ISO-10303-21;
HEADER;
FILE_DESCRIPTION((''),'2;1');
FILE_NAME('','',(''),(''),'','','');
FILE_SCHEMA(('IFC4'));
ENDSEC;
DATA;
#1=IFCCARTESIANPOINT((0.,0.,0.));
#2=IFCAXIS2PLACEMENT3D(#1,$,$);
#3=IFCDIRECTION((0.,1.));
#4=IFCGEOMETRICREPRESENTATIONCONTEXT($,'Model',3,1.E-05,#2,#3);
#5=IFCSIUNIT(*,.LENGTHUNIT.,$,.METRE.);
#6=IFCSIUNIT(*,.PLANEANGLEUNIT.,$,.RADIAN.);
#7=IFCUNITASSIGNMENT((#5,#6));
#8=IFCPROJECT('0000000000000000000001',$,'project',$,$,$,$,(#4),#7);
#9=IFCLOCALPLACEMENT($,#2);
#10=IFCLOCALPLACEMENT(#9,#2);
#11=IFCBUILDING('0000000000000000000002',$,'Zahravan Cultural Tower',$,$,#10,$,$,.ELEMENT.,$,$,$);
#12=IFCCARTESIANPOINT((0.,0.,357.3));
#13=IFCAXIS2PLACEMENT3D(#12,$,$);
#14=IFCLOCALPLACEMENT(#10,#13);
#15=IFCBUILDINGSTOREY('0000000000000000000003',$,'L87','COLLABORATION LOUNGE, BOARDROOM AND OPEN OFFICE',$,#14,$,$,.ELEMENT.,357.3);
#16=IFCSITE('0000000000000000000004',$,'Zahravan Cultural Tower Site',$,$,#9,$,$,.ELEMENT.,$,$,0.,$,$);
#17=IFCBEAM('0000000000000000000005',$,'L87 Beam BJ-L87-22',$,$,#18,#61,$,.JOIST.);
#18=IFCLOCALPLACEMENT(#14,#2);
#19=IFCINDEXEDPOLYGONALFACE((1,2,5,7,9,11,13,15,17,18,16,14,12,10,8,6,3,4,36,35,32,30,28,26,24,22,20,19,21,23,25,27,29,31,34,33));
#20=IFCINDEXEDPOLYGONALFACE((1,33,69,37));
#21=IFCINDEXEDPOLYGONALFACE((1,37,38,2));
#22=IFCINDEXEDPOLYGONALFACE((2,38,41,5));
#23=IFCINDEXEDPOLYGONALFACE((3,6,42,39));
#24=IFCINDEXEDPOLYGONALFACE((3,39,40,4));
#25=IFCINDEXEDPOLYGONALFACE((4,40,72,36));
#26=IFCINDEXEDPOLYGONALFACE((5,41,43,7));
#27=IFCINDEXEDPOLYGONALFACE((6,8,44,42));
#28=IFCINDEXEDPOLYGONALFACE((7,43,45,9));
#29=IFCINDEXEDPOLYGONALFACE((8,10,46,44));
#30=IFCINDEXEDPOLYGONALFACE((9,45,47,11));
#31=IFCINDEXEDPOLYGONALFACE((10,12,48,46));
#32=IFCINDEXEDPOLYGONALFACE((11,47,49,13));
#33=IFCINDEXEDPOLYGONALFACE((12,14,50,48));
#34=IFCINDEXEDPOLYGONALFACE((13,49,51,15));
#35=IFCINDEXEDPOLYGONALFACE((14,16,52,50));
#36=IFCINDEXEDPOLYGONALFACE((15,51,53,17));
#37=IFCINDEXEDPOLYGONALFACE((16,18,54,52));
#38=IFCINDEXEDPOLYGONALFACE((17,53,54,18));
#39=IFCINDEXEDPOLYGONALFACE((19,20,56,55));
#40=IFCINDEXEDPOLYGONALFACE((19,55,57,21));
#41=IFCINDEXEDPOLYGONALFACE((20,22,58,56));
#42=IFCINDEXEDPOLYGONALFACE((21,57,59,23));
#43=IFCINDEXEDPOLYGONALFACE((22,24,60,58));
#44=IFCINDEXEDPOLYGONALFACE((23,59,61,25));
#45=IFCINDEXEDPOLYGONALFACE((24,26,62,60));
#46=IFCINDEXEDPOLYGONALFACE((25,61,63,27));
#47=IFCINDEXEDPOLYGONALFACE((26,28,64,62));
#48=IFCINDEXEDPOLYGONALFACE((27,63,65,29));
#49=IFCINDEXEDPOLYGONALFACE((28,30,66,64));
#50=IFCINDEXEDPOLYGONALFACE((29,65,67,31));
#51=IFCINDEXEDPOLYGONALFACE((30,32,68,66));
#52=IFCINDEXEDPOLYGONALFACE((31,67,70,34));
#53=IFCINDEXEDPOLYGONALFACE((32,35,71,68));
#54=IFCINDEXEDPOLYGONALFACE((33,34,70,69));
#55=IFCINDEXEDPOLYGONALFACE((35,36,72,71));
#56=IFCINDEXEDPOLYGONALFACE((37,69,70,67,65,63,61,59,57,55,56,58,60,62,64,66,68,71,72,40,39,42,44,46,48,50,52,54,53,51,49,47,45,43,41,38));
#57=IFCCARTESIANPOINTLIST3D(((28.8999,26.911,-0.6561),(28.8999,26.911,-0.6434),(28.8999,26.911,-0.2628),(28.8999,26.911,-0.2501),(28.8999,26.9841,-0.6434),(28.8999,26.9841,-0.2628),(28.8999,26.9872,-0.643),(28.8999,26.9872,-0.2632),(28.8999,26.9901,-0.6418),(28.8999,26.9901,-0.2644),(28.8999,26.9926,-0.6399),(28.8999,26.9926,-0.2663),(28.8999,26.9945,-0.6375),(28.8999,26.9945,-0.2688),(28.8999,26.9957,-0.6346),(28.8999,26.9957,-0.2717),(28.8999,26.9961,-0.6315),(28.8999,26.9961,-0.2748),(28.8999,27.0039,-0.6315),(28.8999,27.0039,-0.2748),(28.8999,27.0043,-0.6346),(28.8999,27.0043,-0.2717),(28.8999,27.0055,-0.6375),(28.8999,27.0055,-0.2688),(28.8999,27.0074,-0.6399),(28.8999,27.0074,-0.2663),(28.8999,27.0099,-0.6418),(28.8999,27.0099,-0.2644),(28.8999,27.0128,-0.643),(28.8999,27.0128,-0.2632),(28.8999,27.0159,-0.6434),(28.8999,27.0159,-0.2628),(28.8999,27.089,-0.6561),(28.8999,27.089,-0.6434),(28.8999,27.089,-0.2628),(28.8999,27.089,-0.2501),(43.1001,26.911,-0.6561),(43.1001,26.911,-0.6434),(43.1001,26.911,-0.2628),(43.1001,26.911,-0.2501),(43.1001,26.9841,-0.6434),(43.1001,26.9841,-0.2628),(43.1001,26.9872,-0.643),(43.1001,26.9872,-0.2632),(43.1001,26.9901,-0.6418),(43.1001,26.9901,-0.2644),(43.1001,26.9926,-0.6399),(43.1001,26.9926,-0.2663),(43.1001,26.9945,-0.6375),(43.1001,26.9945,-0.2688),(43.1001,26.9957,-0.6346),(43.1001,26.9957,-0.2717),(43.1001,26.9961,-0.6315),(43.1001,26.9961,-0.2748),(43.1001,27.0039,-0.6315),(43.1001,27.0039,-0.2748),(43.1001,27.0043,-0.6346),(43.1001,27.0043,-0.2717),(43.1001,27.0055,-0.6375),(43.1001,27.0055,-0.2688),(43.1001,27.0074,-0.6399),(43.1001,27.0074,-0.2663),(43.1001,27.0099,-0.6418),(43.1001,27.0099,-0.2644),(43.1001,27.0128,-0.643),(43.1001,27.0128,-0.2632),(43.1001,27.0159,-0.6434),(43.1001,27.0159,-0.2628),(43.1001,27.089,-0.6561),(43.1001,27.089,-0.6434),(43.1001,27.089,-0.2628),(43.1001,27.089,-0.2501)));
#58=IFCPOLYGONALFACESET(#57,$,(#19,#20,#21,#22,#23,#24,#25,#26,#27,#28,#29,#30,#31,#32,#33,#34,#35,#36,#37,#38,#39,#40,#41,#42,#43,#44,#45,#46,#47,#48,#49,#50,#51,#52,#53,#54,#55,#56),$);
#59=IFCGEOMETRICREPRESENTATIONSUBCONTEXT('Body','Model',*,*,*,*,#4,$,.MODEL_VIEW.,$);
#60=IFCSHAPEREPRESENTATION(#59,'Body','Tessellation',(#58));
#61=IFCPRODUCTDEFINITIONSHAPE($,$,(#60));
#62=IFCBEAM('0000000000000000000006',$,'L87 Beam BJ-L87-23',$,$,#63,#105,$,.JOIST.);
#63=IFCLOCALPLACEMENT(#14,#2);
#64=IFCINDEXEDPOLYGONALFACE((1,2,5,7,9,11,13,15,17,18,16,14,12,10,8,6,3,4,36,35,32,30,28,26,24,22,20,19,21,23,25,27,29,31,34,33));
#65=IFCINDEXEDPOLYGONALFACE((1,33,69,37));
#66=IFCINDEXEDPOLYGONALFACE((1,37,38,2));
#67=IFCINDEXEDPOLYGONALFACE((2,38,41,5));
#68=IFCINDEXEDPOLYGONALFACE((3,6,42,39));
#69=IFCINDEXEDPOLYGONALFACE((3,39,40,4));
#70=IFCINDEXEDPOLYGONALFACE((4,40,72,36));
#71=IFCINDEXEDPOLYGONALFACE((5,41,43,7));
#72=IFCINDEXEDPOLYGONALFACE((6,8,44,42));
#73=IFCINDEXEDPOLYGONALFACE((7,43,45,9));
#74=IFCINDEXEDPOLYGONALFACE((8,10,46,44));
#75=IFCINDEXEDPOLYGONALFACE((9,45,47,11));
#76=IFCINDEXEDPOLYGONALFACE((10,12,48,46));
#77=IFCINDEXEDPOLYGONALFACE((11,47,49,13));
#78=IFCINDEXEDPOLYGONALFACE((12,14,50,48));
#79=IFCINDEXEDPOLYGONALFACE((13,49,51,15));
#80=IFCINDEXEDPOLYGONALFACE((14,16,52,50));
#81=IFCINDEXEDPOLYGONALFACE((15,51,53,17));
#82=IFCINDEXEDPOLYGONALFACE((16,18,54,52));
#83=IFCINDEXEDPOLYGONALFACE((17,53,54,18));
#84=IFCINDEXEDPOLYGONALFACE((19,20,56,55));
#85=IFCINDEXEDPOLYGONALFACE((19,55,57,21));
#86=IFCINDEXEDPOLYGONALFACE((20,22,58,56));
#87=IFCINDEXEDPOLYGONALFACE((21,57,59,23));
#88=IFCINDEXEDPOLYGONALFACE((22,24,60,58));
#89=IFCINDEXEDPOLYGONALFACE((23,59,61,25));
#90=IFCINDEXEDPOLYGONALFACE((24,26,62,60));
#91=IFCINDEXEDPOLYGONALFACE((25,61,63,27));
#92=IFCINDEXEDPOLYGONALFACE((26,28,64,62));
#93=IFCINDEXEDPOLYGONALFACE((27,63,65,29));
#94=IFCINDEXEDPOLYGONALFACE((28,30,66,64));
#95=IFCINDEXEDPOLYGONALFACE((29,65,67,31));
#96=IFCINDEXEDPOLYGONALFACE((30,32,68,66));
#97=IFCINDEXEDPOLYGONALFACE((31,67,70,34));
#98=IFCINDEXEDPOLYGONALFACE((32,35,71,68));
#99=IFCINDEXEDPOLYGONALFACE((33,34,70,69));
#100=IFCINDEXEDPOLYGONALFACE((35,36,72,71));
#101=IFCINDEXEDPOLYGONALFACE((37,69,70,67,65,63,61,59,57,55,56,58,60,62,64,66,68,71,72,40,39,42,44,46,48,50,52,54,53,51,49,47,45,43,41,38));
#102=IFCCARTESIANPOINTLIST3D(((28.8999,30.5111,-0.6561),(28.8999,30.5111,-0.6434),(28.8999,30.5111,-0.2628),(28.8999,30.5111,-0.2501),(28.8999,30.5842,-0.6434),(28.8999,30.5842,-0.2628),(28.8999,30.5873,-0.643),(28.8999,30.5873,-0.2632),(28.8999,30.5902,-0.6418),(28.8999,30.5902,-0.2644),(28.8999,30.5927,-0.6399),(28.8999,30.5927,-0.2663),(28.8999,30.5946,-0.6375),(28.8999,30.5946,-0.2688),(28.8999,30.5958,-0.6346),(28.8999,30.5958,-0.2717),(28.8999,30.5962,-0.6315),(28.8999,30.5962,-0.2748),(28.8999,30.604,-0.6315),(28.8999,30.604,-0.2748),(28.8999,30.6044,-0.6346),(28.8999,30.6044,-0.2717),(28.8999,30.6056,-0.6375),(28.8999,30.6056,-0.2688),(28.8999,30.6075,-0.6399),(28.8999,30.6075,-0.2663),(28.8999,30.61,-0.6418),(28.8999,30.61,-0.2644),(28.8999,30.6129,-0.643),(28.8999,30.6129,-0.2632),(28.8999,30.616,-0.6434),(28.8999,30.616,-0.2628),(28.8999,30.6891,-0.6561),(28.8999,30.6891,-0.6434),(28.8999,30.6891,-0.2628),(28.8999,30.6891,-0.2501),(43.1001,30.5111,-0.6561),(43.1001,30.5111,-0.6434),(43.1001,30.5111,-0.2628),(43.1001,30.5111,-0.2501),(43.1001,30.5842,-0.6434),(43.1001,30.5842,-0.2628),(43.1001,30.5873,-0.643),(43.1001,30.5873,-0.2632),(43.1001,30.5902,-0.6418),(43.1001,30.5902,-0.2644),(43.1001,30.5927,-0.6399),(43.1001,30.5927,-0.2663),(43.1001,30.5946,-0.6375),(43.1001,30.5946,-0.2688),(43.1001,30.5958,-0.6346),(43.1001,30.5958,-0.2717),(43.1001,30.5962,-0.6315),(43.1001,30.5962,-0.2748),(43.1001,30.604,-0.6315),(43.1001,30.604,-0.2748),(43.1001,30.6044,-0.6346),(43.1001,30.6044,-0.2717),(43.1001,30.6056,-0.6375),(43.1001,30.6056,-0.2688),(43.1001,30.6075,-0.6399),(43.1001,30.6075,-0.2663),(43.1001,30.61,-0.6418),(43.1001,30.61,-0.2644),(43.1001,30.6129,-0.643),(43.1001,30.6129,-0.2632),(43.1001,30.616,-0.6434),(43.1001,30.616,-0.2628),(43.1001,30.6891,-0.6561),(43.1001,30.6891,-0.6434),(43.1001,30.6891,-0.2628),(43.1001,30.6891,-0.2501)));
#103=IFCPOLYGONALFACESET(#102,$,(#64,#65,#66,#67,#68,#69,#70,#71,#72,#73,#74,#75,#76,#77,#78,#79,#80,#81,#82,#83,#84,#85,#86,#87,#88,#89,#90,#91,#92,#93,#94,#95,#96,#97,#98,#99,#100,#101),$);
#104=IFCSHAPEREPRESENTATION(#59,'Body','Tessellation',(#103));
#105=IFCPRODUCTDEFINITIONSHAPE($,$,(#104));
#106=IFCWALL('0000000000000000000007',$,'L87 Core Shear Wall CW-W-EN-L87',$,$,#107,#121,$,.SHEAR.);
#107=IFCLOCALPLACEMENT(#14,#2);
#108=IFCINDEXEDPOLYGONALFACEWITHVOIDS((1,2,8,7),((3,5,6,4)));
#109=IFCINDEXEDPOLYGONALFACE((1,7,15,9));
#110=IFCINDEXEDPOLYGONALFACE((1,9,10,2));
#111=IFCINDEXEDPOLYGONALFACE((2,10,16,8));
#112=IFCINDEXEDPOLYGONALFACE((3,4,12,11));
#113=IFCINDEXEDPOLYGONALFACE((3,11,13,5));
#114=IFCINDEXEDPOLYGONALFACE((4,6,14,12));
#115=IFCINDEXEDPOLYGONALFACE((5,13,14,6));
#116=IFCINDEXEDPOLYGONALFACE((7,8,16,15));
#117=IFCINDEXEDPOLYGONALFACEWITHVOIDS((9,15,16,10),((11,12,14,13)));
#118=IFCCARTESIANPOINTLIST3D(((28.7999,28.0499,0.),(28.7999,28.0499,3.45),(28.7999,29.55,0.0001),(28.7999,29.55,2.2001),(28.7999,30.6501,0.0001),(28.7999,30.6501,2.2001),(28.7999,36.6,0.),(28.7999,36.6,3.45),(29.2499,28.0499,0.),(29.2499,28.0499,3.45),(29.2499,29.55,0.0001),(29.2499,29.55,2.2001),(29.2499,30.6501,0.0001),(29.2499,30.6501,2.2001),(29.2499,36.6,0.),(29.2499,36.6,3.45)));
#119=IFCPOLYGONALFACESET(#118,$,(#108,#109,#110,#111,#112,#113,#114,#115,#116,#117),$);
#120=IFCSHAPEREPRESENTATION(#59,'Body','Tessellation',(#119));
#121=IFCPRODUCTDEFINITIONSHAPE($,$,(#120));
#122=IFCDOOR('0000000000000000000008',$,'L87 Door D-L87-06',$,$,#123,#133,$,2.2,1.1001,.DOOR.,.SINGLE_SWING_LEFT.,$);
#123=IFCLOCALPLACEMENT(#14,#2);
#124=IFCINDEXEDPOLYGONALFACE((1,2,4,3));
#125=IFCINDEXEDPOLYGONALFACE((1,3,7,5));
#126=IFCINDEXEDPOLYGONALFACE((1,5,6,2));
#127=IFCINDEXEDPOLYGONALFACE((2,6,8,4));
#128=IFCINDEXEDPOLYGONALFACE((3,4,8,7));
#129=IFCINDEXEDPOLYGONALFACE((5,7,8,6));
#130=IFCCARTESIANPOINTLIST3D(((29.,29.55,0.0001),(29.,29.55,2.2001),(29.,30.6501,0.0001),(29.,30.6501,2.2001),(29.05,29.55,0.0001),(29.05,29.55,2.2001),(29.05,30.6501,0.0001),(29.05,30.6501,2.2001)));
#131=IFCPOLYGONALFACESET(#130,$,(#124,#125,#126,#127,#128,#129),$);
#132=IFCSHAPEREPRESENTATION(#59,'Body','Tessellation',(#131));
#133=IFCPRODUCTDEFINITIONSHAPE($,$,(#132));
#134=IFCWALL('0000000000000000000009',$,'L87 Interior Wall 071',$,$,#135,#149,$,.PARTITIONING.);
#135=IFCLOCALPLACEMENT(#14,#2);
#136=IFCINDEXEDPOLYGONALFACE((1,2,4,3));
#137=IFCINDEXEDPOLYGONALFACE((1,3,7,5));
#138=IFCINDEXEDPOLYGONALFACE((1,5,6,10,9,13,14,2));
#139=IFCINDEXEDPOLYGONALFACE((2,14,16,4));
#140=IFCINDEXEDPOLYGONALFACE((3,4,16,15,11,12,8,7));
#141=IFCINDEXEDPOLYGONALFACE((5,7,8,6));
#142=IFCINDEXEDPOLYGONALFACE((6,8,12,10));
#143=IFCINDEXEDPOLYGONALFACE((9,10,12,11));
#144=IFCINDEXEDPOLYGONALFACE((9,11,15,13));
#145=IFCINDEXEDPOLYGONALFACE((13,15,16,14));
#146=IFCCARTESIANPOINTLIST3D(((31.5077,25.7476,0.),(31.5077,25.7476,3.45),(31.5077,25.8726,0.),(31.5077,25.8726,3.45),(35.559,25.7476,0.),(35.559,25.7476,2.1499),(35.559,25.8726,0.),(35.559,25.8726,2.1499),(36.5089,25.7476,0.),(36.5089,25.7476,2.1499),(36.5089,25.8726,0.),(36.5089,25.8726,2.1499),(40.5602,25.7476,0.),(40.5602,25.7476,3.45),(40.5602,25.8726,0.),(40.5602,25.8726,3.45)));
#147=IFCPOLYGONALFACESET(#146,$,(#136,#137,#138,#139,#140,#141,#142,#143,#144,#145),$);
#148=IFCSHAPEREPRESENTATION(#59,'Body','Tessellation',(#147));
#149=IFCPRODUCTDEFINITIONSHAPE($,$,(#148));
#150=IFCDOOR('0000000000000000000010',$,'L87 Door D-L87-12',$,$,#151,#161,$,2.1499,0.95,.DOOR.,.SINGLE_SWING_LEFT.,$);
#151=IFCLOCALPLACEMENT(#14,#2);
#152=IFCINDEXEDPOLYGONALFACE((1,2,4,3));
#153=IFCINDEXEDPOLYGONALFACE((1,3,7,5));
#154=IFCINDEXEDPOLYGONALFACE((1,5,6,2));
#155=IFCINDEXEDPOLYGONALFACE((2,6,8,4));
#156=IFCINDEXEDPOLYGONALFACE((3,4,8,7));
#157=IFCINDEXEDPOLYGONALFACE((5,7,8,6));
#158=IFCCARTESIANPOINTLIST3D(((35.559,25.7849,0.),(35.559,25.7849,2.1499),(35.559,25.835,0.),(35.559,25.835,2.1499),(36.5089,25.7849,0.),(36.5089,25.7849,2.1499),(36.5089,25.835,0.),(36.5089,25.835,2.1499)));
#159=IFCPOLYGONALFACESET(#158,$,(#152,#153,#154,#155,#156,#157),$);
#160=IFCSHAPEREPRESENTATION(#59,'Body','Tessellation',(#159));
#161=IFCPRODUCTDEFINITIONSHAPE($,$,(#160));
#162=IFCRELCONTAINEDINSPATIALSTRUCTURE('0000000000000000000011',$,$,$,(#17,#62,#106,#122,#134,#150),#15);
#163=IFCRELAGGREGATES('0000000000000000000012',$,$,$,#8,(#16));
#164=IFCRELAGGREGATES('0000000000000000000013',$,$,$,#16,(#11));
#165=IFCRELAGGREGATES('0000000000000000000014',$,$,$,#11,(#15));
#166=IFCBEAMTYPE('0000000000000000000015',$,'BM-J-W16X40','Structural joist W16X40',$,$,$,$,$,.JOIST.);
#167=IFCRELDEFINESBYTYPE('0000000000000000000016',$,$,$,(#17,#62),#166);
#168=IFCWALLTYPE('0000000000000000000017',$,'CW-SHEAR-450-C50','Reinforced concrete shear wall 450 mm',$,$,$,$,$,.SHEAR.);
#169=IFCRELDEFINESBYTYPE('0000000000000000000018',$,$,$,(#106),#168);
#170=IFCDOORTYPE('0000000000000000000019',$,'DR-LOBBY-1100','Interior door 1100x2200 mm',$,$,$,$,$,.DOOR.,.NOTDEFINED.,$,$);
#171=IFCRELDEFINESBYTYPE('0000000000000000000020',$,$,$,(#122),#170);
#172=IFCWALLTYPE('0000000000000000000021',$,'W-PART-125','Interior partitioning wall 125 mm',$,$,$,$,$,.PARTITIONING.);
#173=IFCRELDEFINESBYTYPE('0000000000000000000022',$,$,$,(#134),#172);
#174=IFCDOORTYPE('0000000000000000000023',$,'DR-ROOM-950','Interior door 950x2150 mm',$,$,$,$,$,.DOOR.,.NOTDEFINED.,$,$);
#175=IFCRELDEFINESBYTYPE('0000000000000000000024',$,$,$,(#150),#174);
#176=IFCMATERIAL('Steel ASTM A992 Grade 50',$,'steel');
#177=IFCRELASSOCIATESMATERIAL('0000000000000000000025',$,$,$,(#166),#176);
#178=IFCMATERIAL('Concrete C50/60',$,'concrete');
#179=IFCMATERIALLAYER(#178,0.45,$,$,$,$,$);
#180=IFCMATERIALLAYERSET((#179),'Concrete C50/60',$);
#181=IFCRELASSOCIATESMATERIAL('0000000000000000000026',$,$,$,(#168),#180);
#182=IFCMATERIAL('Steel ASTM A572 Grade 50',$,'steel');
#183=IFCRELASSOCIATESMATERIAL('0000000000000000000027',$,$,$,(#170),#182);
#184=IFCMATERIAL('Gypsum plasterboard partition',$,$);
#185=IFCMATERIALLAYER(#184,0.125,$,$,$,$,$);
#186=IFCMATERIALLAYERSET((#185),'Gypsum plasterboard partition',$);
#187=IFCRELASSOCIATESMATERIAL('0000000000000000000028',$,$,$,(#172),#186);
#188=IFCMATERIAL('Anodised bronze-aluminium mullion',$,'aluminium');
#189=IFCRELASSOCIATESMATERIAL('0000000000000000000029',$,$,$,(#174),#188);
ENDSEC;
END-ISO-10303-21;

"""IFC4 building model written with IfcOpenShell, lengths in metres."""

from ifc_helpers import new_model, si_unit, direction, frame, frame_2d, origin, origin_2d, place, context, subcontext, project, spatial, rectangle, i_section, extrude, source, transform, mapped, material, layer, layer_set, material_profile, profile_set, type_object, element, fill, save


model = new_model("IFC4")

# Units and contexts
model_context = context("Model", 3, precision=1e-05, world=origin(), true_north=direction((0.0, 1.0)))
body_context = subcontext(model_context, "Body", "Model", "MODEL_VIEW")
ifc_project = project(units=[si_unit("LENGTHUNIT", "METRE"), si_unit("PLANEANGLEUNIT", "RADIAN")], contexts=[model_context])

# Site, building, storey
site_placement = place(None, origin())
site = spatial("IfcSite", under=ifc_project, at=site_placement, Name="Zahravan Cultural Tower Site", CompositionType="ELEMENT", RefElevation=0.0)
building_placement = place(site_placement, origin())
building = spatial("IfcBuilding", under=site, at=building_placement, Name="Zahravan Cultural Tower", CompositionType="ELEMENT")
storey_placement = place(building_placement, frame((0.0, 0.0, 357.3)))
storey = spatial("IfcBuildingStorey", under=building, at=storey_placement, Name="L87", Description="COLLABORATION LOUNGE, BOARDROOM AND OPEN OFFICE", CompositionType="ELEMENT", Elevation=357.3)

# Beams
ifc_material_1 = material(Name="Steel ASTM A992 Grade 50", Category="steel")
ifc_material_profile = material_profile(ifc_material_1, i_section(OverallWidth=0.178, OverallDepth=0.406, WebThickness=0.0078, FlangeThickness=0.0127, FilletRadius=0.012, at=origin_2d()), Name="W16X40")
ifc_profile_set = profile_set([ifc_material_profile], Name="Steel ASTM A992 Grade 50")
beam_type = type_object("IfcBeamType", Name="BM-J-W16X40", Description="Structural joist W16X40", PredefinedType="JOIST", material=ifc_profile_set)
shared_shape_1 = source(origin(), body_context, "Body", "SweptSolid", [
    extrude(i_section(OverallWidth=0.178, OverallDepth=0.406, WebThickness=0.0078, FlangeThickness=0.0127, FilletRadius=0.012, at=origin_2d()), origin(), (0.0, 0.0, 1.0), 14.2002),
])
for number, where, z_axis, x_axis, name in (
    (1, (28.8999, 27.0, -0.4531), (1.0, 0.0, 0.0), (0.0, 1.0, 0.0), "L87 Beam BJ-L87-22"),
    (2, (28.8999, 30.6001, -0.4531), (1.0, 0.0, 0.0), (0.0, 1.0, 0.0), "L87 Beam BJ-L87-23"),
):
    element("IfcBeam", number, at=place(storey_placement, frame(where, z_axis=z_axis, x_axis=x_axis)), inside=storey, type_object=beam_type, Name=name, PredefinedType="JOIST", context=body_context, shape_type="MappedRepresentation", body=[
        mapped(shared_shape_1, transform((0.0, 0.0, 0.0), x_axis=(1.0, 0.0, 0.0), y_axis=(0.0, 1.0, 0.0), z_axis=(0.0, 0.0, 1.0), scale=1.0)),
    ])

# Walls, openings, doors
ifc_material_2 = material(Name="Concrete C50/60", Category="concrete")
ifc_layer_1 = layer(ifc_material_2, 0.45)
ifc_layer_set_1 = layer_set([ifc_layer_1], Name="Concrete C50/60")
wall_type_1 = type_object("IfcWallType", Name="CW-SHEAR-450-C50", Description="Reinforced concrete shear wall 450 mm", PredefinedType="SHEAR", material=ifc_layer_set_1)
wall_1_placement = place(storey_placement, frame((29.0249, 28.05, 0.0), z_axis=(0.0, 0.0, 1.0), x_axis=(0.0, 1.0, 0.0)))
wall_1 = element("IfcWall", 3, at=wall_1_placement, inside=storey, type_object=wall_type_1, Name="L87 Core Shear Wall CW-W-EN-L87", PredefinedType="SHEAR", context=body_context, shape_type="SweptSolid", body=[
    extrude(rectangle(XDim=8.55, YDim=0.45, at=frame_2d((4.2749, 0.0))), origin(), (0.0, 0.0, 1.0), 3.45),
])
opening_1_placement = place(wall_1_placement, frame((1.5, 0.0, 0.0)))
opening_1 = element("IfcOpeningElement", 4, at=opening_1_placement, cuts=wall_1, PredefinedType="OPENING", context=body_context, shape_type="SweptSolid", body=[
    extrude(rectangle(XDim=1.1001, YDim=2.2, at=frame_2d((0.55, 1.1001))), frame((0.0, 0.2349, 0.0), z_axis=(0.0, -1.0, 0.0), x_axis=(1.0, 0.0, 0.0)), (0.0, 0.0, 1.0), 0.47),
])
ifc_material_3 = material(Name="Steel ASTM A572 Grade 50", Category="steel")
door_type_1 = type_object("IfcDoorType", Name="DR-LOBBY-1100", Description="Interior door 1100x2200 mm", OperationType="NOTDEFINED", PredefinedType="DOOR", material=ifc_material_3)
shared_shape_2 = source(origin(), body_context, "Body", "SweptSolid", [
    extrude(rectangle(XDim=1.1001, YDim=2.2, at=frame_2d((0.55, 1.1001))), frame((0.0, 0.0249, 0.0), z_axis=(0.0, -1.0, 0.0), x_axis=(1.0, 0.0, 0.0)), (0.0, 0.0, 1.0), 0.05),
])
door_1_placement = place(opening_1_placement, origin())
door_1 = element("IfcDoor", 5, at=door_1_placement, inside=storey, type_object=door_type_1, Name="L87 Door D-L87-06", OperationType="SINGLE_SWING_LEFT", OverallHeight=2.2, OverallWidth=1.1001, PredefinedType="DOOR", context=body_context, shape_type="MappedRepresentation", body=[
    mapped(shared_shape_2, transform((0.0, 0.0, 0.0), x_axis=(1.0, 0.0, 0.0), y_axis=(0.0, 1.0, 0.0), z_axis=(0.0, 0.0, 1.0), scale=1.0)),
])
fill(opening_1, door_1)
ifc_material_4 = material(Name="Gypsum plasterboard partition")
ifc_layer_2 = layer(ifc_material_4, 0.125)
ifc_layer_set_2 = layer_set([ifc_layer_2], Name="Gypsum plasterboard partition")
wall_type_2 = type_object("IfcWallType", Name="W-PART-125", Description="Interior partitioning wall 125 mm", PredefinedType="PARTITIONING", material=ifc_layer_set_2)
wall_2_placement = place(storey_placement, frame((31.5076, 25.8101, 0.0), z_axis=(0.0, 0.0, 1.0), x_axis=(1.0, 0.0, 0.0)))
wall_2 = element("IfcWall", 6, at=wall_2_placement, inside=storey, type_object=wall_type_2, Name="L87 Interior Wall 071", PredefinedType="PARTITIONING", context=body_context, shape_type="SweptSolid", body=[
    extrude(rectangle(XDim=9.0525, YDim=0.125, at=frame_2d((4.5264, 0.0))), origin(), (0.0, 0.0, 1.0), 3.45),
])
opening_2_placement = place(wall_2_placement, frame((4.0513, 0.0, 0.0)))
opening_2 = element("IfcOpeningElement", 7, at=opening_2_placement, cuts=wall_2, PredefinedType="OPENING", context=body_context, shape_type="SweptSolid", body=[
    extrude(rectangle(XDim=0.95, YDim=2.1499, at=frame_2d((0.4751, 1.075))), frame((0.0, 0.0725, 0.0), z_axis=(0.0, -1.0, 0.0), x_axis=(1.0, 0.0, 0.0)), (0.0, 0.0, 1.0), 0.145),
])
ifc_material_5 = material(Name="Anodised bronze-aluminium mullion", Category="aluminium")
door_type_2 = type_object("IfcDoorType", Name="DR-ROOM-950", Description="Interior door 950x2150 mm", OperationType="NOTDEFINED", PredefinedType="DOOR", material=ifc_material_5)
shared_shape_3 = source(origin(), body_context, "Body", "SweptSolid", [
    extrude(rectangle(XDim=0.95, YDim=2.1499, at=frame_2d((0.4751, 1.075))), frame((0.0, 0.0249, 0.0), z_axis=(0.0, -1.0, 0.0), x_axis=(1.0, 0.0, 0.0)), (0.0, 0.0, 1.0), 0.05),
])
door_2_placement = place(opening_2_placement, origin())
door_2 = element("IfcDoor", 8, at=door_2_placement, inside=storey, type_object=door_type_2, Name="L87 Door D-L87-12", OperationType="SINGLE_SWING_LEFT", OverallHeight=2.1499, OverallWidth=0.95, PredefinedType="DOOR", context=body_context, shape_type="MappedRepresentation", body=[
    mapped(shared_shape_3, transform((0.0, 0.0, 0.0), x_axis=(1.0, 0.0, 0.0), y_axis=(0.0, 1.0, 0.0), z_axis=(0.0, 0.0, 1.0), scale=1.0)),
])
fill(opening_2, door_2)

save(model, "model.ifc")
